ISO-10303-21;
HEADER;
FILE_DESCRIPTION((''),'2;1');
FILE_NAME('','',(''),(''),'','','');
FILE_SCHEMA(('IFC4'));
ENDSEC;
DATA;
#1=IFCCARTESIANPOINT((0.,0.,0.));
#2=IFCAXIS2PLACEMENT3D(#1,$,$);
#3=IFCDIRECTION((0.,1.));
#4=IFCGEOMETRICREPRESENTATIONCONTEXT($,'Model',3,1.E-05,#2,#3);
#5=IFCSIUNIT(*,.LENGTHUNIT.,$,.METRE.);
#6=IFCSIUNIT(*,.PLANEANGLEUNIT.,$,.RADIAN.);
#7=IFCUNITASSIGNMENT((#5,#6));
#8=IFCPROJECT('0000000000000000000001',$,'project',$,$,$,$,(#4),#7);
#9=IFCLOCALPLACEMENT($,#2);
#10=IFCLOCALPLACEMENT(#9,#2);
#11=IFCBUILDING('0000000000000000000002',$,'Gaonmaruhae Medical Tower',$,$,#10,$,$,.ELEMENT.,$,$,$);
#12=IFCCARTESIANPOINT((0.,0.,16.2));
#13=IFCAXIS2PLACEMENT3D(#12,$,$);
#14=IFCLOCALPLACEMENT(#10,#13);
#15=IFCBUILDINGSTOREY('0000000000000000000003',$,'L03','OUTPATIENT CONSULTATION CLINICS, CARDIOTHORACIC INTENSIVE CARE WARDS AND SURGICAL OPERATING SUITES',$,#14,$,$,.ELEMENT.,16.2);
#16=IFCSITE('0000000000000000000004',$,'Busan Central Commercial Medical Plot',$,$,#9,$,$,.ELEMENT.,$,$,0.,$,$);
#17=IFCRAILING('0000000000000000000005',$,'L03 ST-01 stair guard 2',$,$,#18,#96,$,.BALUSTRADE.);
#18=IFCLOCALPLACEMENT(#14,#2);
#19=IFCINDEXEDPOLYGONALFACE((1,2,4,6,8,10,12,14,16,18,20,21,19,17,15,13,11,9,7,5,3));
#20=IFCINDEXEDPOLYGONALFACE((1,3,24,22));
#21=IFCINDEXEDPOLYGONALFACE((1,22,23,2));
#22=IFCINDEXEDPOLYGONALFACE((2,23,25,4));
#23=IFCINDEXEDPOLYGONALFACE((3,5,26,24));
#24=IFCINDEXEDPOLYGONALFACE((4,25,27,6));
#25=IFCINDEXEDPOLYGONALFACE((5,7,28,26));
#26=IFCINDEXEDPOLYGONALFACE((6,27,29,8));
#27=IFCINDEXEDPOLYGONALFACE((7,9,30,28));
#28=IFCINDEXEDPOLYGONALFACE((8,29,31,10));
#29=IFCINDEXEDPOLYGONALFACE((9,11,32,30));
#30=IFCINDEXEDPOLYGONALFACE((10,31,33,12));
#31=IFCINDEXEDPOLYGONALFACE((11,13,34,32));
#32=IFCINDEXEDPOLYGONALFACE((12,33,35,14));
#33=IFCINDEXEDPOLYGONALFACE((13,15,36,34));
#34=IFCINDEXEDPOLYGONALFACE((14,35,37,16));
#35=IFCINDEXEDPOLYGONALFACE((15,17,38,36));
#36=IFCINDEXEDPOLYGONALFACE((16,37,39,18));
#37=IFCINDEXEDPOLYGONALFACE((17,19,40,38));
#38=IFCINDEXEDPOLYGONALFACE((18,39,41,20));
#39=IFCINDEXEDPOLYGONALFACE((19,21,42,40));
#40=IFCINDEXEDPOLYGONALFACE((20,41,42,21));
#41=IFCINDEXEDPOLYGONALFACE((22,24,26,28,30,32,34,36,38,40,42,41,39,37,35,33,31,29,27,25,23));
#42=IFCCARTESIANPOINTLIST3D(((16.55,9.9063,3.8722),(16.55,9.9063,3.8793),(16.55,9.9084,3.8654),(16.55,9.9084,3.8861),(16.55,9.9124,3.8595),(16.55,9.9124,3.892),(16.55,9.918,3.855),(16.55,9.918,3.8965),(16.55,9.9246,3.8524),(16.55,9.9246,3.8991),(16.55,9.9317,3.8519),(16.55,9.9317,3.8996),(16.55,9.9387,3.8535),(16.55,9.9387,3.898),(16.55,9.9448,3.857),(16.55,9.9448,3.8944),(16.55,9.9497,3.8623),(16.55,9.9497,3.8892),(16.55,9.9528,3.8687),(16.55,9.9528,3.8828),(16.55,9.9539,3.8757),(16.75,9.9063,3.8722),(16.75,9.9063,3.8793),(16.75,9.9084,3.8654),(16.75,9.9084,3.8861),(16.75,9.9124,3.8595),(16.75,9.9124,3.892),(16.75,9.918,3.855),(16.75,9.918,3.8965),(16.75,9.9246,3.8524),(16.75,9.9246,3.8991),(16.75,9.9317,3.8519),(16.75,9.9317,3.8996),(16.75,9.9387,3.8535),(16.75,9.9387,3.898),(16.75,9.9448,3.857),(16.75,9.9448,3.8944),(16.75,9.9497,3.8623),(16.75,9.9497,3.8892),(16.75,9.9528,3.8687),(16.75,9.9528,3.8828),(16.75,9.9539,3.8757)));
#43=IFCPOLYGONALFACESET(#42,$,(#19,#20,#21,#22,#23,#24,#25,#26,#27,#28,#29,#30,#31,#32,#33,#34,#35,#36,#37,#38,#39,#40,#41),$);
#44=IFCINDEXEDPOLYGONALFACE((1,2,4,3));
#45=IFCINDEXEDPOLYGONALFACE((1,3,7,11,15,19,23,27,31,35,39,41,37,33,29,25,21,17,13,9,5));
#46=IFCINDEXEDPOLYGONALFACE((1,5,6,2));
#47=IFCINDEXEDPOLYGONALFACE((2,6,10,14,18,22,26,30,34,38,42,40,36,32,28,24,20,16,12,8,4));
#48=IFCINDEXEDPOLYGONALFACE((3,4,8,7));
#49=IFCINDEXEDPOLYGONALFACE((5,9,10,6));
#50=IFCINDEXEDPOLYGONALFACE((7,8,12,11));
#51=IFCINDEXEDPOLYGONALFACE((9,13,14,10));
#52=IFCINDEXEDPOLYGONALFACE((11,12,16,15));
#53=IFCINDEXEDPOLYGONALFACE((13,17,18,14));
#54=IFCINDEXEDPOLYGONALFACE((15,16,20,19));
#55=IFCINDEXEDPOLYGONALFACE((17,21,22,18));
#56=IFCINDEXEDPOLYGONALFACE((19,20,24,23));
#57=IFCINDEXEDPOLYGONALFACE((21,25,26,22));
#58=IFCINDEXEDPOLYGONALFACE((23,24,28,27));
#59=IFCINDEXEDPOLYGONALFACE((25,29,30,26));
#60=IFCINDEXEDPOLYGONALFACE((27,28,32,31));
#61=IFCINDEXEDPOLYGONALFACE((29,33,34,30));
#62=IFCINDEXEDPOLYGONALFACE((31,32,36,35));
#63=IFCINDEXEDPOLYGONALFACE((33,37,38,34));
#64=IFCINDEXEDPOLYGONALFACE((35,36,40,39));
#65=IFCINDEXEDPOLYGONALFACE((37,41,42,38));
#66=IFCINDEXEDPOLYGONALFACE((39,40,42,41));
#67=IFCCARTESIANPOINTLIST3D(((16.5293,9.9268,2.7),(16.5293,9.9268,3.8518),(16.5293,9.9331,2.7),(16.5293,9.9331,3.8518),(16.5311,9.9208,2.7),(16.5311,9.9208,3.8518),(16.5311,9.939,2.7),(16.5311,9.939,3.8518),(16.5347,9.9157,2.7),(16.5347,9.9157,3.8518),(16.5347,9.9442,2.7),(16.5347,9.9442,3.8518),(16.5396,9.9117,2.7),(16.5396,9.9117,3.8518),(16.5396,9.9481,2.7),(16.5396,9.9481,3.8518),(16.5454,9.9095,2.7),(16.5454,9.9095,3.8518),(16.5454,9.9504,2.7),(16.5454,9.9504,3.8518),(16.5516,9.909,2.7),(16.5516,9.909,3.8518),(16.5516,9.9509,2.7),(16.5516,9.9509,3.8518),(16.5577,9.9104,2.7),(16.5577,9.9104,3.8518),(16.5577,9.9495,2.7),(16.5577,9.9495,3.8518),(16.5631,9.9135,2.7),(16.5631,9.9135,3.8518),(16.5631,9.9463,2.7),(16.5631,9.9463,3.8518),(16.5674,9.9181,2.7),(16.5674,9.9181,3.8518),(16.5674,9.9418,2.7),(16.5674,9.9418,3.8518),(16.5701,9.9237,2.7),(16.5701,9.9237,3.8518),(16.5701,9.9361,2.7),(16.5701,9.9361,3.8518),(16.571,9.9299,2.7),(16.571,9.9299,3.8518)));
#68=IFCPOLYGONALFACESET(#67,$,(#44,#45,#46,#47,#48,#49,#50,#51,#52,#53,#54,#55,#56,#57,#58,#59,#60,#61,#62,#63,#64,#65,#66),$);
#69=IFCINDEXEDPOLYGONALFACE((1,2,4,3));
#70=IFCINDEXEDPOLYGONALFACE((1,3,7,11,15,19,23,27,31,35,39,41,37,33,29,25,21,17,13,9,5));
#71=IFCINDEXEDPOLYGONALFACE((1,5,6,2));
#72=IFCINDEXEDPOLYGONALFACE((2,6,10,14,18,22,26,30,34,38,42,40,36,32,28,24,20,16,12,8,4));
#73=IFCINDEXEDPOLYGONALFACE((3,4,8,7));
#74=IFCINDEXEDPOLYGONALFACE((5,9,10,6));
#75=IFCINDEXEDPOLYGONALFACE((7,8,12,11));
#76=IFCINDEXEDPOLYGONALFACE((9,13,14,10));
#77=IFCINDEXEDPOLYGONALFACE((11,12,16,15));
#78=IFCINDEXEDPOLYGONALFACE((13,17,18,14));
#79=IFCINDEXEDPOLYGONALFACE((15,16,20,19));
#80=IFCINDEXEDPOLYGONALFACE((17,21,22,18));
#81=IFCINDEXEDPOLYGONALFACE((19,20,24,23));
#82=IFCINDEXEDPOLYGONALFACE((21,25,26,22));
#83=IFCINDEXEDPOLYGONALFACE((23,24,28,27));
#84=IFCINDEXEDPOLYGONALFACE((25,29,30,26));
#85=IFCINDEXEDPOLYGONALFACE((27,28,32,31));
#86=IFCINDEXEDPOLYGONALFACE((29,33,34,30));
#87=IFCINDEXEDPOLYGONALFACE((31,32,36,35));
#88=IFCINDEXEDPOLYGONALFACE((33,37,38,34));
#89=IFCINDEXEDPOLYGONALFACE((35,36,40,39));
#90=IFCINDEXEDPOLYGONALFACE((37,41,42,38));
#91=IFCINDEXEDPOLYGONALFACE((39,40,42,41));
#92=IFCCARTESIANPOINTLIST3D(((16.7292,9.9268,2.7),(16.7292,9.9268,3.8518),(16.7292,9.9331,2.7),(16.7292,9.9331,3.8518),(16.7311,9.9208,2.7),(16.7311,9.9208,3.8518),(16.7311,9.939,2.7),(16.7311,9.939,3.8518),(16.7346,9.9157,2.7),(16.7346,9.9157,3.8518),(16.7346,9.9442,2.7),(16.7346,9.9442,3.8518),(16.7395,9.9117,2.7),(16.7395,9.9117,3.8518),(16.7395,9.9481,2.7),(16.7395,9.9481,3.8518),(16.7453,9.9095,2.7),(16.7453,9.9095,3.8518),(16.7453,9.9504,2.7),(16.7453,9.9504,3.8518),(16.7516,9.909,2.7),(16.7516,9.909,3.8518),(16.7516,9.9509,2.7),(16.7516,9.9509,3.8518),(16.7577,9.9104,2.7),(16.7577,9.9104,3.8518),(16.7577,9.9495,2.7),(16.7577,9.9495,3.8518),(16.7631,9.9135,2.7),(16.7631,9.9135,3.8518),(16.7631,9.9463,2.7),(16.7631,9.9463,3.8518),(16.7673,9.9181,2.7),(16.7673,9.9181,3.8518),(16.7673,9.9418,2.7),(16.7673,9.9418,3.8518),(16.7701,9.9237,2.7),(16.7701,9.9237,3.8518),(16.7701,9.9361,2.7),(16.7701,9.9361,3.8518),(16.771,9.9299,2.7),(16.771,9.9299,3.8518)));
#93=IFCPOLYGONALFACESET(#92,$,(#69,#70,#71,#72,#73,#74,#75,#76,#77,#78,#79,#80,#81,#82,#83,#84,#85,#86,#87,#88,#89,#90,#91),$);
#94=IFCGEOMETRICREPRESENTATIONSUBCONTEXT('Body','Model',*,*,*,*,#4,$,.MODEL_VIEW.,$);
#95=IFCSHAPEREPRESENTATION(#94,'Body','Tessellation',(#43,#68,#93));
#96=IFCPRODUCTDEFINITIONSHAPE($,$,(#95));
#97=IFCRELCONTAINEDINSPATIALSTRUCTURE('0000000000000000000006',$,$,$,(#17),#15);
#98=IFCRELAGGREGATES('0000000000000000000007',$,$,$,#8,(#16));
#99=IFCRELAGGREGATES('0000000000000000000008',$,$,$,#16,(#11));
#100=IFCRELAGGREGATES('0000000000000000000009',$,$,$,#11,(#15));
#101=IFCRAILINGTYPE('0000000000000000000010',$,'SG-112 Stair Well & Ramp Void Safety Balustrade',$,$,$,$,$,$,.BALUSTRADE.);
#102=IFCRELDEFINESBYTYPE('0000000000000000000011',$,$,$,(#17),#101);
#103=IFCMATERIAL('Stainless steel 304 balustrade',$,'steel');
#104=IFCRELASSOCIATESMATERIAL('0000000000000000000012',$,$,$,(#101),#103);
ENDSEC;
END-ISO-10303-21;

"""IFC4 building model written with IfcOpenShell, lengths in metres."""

from ifc_helpers import new_model, si_unit, direction, frame, origin, origin_2d, place, context, subcontext, project, spatial, circle, extrude, material, type_object, element, save


model = new_model("IFC4")

# Units and contexts
model_context = context("Model", 3, precision=1e-05, world=origin(), true_north=direction((0.0, 1.0)))
body_context = subcontext(model_context, "Body", "Model", "MODEL_VIEW")
ifc_project = project(units=[si_unit("LENGTHUNIT", "METRE"), si_unit("PLANEANGLEUNIT", "RADIAN")], contexts=[model_context])

# Site, building, storey
site_placement = place(None, origin())
site = spatial("IfcSite", under=ifc_project, at=site_placement, Name="Busan Central Commercial Medical Plot", CompositionType="ELEMENT", RefElevation=0.0)
building_placement = place(site_placement, origin())
building = spatial("IfcBuilding", under=site, at=building_placement, Name="Gaonmaruhae Medical Tower", CompositionType="ELEMENT")
storey_placement = place(building_placement, frame((0.0, 0.0, 16.2)))
storey = spatial("IfcBuildingStorey", under=building, at=storey_placement, Name="L03", Description="OUTPATIENT CONSULTATION CLINICS, CARDIOTHORACIC INTENSIVE CARE WARDS AND SURGICAL OPERATING SUITES", CompositionType="ELEMENT", Elevation=16.2)

# Railing
ifc_material_1 = material(Name="Stainless steel 304 balustrade", Category="steel")
railing_type_1 = type_object("IfcRailingType", Name="SG-112 Stair Well & Ramp Void Safety Balustrade", PredefinedType="BALUSTRADE", material=ifc_material_1)
railing_1_placement = place(storey_placement, frame((16.55, 9.9299, 2.7)))
element("IfcRailing", 1, at=railing_1_placement, inside=storey, type_object=railing_type_1, Name="L03 ST-01 stair guard 2", PredefinedType="BALUSTRADE", context=body_context, shape_type="SweptSolid", body=[
    extrude(circle(Radius=0.0239, at=origin_2d()), frame((0.0, 0.0, 1.1758), z_axis=(1.0, 0.0, 0.0), x_axis=(0.0, 1.0, 0.0)), (0.0, 0.0, 1.0), 0.2),
    extrude(circle(Radius=0.021, at=origin_2d()), origin(), (0.0, 0.0, 1.0), 1.1519),
    extrude(circle(Radius=0.021, at=origin_2d()), frame((0.2, 0.0, 0.0)), (0.0, 0.0, 1.0), 1.1519),
])

save(model, "model.ifc")
